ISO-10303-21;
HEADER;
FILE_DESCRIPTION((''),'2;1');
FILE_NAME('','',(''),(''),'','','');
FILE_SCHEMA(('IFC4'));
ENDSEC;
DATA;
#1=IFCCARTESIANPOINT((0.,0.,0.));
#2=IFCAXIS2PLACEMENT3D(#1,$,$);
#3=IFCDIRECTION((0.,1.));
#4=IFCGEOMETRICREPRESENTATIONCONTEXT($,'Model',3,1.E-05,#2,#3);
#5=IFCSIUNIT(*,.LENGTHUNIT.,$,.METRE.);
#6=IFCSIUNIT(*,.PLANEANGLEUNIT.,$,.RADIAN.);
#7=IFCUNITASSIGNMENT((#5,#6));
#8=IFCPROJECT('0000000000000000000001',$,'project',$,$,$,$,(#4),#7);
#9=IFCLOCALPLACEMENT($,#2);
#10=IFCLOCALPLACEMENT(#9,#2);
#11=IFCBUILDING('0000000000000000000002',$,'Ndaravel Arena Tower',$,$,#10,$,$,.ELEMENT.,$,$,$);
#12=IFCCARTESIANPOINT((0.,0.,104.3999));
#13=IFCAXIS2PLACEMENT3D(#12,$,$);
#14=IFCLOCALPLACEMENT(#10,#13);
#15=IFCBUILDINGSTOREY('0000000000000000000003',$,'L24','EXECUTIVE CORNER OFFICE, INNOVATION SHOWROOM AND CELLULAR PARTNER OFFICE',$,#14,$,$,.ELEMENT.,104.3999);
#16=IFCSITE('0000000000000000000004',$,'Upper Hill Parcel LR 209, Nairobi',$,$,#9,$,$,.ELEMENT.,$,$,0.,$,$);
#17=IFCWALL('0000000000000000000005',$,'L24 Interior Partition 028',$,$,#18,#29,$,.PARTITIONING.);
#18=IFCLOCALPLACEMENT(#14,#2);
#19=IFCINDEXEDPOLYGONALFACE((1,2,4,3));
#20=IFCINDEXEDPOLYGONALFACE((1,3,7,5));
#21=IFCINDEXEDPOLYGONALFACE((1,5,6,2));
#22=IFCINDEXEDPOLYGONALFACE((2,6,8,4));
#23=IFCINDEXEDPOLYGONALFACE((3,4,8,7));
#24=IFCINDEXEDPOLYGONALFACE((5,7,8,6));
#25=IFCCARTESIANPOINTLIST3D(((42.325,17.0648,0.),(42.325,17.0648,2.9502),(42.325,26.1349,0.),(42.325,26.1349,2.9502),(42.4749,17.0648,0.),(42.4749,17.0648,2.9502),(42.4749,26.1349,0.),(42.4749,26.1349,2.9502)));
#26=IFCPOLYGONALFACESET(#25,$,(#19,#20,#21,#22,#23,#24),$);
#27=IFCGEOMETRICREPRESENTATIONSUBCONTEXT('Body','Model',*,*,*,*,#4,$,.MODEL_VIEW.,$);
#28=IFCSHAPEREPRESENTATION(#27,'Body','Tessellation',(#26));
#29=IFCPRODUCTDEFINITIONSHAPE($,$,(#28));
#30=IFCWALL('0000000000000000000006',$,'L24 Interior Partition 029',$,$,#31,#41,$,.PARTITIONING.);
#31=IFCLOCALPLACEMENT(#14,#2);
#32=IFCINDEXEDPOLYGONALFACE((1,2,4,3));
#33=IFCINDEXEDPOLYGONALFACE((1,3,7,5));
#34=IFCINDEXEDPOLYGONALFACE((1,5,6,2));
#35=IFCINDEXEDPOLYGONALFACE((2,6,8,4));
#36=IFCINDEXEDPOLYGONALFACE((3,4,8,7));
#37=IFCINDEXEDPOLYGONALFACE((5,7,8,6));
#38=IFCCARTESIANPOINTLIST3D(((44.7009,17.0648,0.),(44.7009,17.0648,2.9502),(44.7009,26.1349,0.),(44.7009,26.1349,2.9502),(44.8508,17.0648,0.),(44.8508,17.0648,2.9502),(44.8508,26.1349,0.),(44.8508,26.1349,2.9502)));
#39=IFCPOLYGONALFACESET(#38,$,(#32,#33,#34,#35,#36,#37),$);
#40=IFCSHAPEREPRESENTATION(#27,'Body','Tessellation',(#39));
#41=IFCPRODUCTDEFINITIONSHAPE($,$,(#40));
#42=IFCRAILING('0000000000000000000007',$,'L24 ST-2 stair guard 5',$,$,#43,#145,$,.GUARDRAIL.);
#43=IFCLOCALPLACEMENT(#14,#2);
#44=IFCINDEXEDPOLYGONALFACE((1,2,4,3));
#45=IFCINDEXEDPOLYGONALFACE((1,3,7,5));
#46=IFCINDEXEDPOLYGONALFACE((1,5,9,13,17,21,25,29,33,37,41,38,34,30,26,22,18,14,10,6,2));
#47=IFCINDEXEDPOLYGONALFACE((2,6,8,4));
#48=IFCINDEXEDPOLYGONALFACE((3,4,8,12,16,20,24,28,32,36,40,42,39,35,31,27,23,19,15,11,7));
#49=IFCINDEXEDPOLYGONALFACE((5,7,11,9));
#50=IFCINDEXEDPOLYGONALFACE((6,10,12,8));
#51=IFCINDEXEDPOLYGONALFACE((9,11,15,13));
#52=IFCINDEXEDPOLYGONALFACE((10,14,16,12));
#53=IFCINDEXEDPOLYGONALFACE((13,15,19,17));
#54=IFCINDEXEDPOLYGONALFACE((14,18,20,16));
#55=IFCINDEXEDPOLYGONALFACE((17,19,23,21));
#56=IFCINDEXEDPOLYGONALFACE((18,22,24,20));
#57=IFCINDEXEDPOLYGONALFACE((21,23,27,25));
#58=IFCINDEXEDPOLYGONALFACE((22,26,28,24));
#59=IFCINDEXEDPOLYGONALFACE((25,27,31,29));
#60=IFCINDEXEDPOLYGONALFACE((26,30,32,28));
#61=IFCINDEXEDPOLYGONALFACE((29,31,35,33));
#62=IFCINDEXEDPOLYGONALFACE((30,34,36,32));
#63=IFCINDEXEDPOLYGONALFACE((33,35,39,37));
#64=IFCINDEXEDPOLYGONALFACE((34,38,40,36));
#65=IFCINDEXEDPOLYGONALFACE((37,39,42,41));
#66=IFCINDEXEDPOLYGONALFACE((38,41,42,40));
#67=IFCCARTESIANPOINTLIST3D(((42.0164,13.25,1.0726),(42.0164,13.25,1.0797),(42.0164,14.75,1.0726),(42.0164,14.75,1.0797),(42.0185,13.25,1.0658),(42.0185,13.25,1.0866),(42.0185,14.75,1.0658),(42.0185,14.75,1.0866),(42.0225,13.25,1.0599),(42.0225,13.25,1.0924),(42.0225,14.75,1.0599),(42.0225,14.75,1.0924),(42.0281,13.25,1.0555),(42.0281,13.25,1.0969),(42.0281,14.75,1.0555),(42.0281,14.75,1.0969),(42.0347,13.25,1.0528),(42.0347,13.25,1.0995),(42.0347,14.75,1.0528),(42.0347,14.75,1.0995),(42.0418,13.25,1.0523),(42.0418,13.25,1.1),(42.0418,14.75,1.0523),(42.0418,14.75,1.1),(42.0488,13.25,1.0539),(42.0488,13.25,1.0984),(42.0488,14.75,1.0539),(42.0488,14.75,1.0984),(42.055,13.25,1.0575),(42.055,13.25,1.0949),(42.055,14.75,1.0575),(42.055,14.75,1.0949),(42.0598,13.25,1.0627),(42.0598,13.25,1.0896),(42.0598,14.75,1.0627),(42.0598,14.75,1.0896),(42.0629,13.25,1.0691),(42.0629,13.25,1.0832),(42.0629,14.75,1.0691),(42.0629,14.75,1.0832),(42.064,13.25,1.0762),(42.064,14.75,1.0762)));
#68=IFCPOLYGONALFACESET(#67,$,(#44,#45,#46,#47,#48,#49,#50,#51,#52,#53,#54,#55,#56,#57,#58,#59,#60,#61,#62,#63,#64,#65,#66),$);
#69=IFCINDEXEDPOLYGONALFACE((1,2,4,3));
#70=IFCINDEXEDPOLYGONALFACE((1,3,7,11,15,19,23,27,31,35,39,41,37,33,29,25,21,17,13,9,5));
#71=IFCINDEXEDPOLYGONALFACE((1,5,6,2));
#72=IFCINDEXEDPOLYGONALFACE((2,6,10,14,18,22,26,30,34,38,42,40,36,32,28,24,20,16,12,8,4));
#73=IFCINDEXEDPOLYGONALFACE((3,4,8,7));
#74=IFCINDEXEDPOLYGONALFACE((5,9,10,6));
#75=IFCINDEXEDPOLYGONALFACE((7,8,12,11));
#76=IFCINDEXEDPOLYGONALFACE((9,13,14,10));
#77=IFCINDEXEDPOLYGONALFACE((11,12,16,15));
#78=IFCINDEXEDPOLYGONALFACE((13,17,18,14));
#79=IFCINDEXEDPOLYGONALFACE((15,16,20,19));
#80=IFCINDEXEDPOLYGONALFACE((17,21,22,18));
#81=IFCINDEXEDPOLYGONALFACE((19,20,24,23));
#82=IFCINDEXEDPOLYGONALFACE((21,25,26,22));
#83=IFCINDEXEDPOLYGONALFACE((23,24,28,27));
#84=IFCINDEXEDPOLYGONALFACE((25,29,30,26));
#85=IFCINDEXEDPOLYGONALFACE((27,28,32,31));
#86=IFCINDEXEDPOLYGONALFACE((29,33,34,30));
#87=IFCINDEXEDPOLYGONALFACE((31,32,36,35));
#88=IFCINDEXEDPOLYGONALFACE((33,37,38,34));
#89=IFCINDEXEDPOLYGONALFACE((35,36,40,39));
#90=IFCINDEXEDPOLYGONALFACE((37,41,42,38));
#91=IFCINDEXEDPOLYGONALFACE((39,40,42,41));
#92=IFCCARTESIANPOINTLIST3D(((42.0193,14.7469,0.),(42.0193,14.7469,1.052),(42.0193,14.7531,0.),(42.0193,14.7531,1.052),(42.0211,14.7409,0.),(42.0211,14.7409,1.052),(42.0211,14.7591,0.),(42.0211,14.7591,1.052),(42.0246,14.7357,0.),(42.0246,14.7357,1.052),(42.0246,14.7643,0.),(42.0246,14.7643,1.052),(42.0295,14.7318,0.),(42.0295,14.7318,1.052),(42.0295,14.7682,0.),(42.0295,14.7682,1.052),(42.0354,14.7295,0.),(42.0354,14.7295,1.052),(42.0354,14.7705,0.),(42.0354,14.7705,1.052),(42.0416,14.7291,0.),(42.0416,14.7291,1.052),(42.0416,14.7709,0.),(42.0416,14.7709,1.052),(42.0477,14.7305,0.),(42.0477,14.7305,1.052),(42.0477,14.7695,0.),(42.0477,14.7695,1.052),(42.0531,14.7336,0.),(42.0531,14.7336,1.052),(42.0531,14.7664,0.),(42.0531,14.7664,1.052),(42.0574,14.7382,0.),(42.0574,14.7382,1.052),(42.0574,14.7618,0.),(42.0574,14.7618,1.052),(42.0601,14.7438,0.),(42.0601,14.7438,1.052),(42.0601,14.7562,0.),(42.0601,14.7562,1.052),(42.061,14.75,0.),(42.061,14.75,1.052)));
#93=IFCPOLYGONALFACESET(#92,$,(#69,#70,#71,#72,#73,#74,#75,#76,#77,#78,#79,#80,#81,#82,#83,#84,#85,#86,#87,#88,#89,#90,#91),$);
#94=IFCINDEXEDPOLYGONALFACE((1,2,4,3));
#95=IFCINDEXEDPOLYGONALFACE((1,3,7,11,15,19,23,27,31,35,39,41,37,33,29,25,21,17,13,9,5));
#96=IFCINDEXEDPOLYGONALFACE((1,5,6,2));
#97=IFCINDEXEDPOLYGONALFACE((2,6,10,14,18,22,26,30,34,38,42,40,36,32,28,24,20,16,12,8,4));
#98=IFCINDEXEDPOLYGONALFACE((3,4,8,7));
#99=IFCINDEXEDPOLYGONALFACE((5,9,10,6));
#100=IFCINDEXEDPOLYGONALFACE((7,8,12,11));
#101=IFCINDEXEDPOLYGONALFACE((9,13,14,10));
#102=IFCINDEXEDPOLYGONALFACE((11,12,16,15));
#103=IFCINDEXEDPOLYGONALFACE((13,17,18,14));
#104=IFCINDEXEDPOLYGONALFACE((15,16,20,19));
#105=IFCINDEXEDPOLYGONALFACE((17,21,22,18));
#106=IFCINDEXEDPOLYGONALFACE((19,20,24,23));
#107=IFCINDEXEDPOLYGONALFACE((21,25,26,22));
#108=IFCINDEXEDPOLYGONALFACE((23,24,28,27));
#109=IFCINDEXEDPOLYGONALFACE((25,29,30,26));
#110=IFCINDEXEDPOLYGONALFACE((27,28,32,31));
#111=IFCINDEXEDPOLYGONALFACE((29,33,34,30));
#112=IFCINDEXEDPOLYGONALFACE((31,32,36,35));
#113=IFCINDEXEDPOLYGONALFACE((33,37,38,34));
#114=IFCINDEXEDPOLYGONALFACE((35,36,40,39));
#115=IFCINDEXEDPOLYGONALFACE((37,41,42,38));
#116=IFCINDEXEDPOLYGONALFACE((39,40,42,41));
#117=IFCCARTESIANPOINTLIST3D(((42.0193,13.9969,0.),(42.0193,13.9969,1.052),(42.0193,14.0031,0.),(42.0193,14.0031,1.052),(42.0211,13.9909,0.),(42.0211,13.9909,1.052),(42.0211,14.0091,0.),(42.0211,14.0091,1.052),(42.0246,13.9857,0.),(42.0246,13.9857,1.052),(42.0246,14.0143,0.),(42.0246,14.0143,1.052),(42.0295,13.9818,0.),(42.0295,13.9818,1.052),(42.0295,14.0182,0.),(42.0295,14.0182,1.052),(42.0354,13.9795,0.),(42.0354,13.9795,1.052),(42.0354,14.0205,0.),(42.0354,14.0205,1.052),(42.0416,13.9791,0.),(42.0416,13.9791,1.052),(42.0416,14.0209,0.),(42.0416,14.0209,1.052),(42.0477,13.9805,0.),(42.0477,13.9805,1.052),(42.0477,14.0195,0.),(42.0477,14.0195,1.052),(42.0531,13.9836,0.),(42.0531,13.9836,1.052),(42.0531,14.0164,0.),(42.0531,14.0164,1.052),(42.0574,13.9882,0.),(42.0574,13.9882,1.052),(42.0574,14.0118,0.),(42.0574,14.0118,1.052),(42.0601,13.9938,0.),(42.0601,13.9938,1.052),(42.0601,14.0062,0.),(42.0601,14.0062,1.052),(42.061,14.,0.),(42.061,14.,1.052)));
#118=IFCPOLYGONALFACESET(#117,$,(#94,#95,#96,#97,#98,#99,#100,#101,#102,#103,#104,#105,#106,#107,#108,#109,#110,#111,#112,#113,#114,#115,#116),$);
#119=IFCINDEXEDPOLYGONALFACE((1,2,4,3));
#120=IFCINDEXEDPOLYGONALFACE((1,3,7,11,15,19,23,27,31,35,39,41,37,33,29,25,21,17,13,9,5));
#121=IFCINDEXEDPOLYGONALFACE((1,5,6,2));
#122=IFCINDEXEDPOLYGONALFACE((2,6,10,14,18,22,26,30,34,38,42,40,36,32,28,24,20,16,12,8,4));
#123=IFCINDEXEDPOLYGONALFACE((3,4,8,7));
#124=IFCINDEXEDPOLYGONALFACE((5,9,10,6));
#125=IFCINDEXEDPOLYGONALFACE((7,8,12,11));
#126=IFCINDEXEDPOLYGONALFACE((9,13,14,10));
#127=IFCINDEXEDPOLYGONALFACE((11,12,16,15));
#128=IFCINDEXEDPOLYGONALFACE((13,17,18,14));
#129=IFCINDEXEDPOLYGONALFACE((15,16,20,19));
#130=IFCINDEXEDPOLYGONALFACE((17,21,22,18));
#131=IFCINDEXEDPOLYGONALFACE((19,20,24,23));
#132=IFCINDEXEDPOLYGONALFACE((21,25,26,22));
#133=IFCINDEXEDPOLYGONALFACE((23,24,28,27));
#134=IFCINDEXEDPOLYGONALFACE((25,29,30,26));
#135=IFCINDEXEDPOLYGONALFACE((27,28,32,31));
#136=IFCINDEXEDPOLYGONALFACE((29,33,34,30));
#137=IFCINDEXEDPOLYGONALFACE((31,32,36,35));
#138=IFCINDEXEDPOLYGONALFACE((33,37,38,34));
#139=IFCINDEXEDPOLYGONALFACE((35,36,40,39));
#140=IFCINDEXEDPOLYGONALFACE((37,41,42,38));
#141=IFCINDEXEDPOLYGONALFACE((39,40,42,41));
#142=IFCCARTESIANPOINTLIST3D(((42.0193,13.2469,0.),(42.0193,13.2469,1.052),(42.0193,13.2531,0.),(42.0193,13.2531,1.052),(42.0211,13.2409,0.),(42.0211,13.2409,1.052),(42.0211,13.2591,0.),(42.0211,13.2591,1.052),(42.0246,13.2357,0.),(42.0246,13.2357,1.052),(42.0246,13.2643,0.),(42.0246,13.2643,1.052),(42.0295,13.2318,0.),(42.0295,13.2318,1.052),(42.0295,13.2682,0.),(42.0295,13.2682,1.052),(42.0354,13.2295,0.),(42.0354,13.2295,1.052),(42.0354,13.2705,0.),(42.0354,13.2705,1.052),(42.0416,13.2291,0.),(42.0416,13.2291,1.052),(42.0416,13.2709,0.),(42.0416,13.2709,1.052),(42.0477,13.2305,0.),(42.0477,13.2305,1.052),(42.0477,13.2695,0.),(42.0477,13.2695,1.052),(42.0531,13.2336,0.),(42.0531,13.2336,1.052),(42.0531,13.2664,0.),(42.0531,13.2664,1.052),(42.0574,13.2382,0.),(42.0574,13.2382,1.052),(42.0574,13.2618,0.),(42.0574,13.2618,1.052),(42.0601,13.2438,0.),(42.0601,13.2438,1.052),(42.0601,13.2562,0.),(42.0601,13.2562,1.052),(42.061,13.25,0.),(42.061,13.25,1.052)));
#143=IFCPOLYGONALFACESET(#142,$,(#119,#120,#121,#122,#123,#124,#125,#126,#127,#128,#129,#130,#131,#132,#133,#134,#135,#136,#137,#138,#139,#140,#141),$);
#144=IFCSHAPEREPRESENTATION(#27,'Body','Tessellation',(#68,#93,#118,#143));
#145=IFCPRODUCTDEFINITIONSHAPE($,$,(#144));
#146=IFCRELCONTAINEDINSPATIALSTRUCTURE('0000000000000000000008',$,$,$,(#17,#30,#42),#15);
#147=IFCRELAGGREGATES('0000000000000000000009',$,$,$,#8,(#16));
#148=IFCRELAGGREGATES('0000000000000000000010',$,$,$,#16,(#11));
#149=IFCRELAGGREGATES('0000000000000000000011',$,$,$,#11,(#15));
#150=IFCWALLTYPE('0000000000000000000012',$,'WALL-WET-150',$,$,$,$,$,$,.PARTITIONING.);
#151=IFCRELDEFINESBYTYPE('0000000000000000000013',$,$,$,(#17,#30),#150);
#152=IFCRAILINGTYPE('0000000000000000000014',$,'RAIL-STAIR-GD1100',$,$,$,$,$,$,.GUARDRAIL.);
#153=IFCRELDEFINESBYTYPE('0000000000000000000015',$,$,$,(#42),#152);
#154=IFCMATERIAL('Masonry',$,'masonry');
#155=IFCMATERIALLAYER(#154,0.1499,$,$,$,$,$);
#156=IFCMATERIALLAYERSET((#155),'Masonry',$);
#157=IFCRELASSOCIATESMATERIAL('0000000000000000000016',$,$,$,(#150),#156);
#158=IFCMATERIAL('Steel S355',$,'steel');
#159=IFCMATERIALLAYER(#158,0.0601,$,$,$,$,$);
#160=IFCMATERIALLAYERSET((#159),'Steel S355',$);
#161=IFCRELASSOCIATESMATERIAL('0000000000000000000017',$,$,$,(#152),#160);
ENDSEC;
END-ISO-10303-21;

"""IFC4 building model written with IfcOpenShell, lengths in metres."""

from ifc_helpers import new_model, si_unit, direction, frame, frame_2d, origin, origin_2d, place, context, subcontext, project, spatial, rectangle, circle, extrude, material, layer, layer_set, type_object, element, save


model = new_model("IFC4")

# Units and contexts
model_context = context("Model", 3, precision=1e-05, world=origin(), true_north=direction((0.0, 1.0)))
body_context = subcontext(model_context, "Body", "Model", "MODEL_VIEW")
ifc_project = project(units=[si_unit("LENGTHUNIT", "METRE"), si_unit("PLANEANGLEUNIT", "RADIAN")], contexts=[model_context])

# Site, building, storey
site_placement = place(None, origin())
site = spatial("IfcSite", under=ifc_project, at=site_placement, Name="Upper Hill Parcel LR 209, Nairobi", CompositionType="ELEMENT", RefElevation=0.0)
building_placement = place(site_placement, origin())
building = spatial("IfcBuilding", under=site, at=building_placement, Name="Ndaravel Arena Tower", CompositionType="ELEMENT")
storey_placement = place(building_placement, frame((0.0, 0.0, 104.3999)))
storey = spatial("IfcBuildingStorey", under=building, at=storey_placement, Name="L24", Description="EXECUTIVE CORNER OFFICE, INNOVATION SHOWROOM AND CELLULAR PARTNER OFFICE", CompositionType="ELEMENT", Elevation=104.3999)

# Shared definitions
ifc_material_1 = material(Name="Masonry", Category="masonry")
ifc_layer_1 = layer(ifc_material_1, 0.1499)
ifc_layer_set_1 = layer_set([ifc_layer_1], Name="Masonry")
wall_type_1 = type_object("IfcWallType", Name="WALL-WET-150", PredefinedType="PARTITIONING", material=ifc_layer_set_1)

# Walls
for number, where, z_axis, x_axis, name in (
    (1, (42.3999, 26.135, 0.0), (0.0, 0.0, 1.0), (0.0, -1.0, 0.0), "L24 Interior Partition 028"),
    (2, (44.7759, 26.135, 0.0), (0.0, 0.0, 1.0), (0.0, -1.0, 0.0), "L24 Interior Partition 029"),
):
    element("IfcWall", number, at=place(storey_placement, frame(where, z_axis=z_axis, x_axis=x_axis)), inside=storey, type_object=wall_type_1, Name=name, PredefinedType="PARTITIONING", context=body_context, shape_type="SweptSolid", body=[
        extrude(rectangle(XDim=9.0701, YDim=0.1499, at=frame_2d((4.5352, 0.0))), origin(), (0.0, 0.0, 1.0), 2.9502),
    ])

# Railing
ifc_material_2 = material(Name="Steel S355", Category="steel")
ifc_layer_2 = layer(ifc_material_2, 0.0601)
ifc_layer_set_2 = layer_set([ifc_layer_2], Name="Steel S355")
railing_type = type_object("IfcRailingType", Name="RAIL-STAIR-GD1100", PredefinedType="GUARDRAIL", material=ifc_layer_set_2)
for number, where, name in (
    (3, (42.04, 14.75, 0.0), "L24 ST-2 stair guard 5"),
):
    element("IfcRailing", number, at=place(storey_placement, frame(where)), inside=storey, type_object=railing_type, Name=name, PredefinedType="GUARDRAIL", context=body_context, shape_type="SweptSolid", body=[
        extrude(circle(Radius=0.0239, at=origin_2d()), frame((0.0, 0.0, 1.0762), z_axis=(0.0, -1.0, 0.0), x_axis=(1.0, 0.0, 0.0)), (0.0, 0.0, 1.0), 1.5),
        extrude(circle(Radius=0.021, at=origin_2d()), origin(), (0.0, 0.0, 1.0), 1.052),
        extrude(circle(Radius=0.021, at=origin_2d()), frame((0.0, -0.75, 0.0)), (0.0, 0.0, 1.0), 1.052),
        extrude(circle(Radius=0.021, at=origin_2d()), frame((0.0, -1.5, 0.0)), (0.0, 0.0, 1.0), 1.052),
    ])

save(model, "model.ifc")
